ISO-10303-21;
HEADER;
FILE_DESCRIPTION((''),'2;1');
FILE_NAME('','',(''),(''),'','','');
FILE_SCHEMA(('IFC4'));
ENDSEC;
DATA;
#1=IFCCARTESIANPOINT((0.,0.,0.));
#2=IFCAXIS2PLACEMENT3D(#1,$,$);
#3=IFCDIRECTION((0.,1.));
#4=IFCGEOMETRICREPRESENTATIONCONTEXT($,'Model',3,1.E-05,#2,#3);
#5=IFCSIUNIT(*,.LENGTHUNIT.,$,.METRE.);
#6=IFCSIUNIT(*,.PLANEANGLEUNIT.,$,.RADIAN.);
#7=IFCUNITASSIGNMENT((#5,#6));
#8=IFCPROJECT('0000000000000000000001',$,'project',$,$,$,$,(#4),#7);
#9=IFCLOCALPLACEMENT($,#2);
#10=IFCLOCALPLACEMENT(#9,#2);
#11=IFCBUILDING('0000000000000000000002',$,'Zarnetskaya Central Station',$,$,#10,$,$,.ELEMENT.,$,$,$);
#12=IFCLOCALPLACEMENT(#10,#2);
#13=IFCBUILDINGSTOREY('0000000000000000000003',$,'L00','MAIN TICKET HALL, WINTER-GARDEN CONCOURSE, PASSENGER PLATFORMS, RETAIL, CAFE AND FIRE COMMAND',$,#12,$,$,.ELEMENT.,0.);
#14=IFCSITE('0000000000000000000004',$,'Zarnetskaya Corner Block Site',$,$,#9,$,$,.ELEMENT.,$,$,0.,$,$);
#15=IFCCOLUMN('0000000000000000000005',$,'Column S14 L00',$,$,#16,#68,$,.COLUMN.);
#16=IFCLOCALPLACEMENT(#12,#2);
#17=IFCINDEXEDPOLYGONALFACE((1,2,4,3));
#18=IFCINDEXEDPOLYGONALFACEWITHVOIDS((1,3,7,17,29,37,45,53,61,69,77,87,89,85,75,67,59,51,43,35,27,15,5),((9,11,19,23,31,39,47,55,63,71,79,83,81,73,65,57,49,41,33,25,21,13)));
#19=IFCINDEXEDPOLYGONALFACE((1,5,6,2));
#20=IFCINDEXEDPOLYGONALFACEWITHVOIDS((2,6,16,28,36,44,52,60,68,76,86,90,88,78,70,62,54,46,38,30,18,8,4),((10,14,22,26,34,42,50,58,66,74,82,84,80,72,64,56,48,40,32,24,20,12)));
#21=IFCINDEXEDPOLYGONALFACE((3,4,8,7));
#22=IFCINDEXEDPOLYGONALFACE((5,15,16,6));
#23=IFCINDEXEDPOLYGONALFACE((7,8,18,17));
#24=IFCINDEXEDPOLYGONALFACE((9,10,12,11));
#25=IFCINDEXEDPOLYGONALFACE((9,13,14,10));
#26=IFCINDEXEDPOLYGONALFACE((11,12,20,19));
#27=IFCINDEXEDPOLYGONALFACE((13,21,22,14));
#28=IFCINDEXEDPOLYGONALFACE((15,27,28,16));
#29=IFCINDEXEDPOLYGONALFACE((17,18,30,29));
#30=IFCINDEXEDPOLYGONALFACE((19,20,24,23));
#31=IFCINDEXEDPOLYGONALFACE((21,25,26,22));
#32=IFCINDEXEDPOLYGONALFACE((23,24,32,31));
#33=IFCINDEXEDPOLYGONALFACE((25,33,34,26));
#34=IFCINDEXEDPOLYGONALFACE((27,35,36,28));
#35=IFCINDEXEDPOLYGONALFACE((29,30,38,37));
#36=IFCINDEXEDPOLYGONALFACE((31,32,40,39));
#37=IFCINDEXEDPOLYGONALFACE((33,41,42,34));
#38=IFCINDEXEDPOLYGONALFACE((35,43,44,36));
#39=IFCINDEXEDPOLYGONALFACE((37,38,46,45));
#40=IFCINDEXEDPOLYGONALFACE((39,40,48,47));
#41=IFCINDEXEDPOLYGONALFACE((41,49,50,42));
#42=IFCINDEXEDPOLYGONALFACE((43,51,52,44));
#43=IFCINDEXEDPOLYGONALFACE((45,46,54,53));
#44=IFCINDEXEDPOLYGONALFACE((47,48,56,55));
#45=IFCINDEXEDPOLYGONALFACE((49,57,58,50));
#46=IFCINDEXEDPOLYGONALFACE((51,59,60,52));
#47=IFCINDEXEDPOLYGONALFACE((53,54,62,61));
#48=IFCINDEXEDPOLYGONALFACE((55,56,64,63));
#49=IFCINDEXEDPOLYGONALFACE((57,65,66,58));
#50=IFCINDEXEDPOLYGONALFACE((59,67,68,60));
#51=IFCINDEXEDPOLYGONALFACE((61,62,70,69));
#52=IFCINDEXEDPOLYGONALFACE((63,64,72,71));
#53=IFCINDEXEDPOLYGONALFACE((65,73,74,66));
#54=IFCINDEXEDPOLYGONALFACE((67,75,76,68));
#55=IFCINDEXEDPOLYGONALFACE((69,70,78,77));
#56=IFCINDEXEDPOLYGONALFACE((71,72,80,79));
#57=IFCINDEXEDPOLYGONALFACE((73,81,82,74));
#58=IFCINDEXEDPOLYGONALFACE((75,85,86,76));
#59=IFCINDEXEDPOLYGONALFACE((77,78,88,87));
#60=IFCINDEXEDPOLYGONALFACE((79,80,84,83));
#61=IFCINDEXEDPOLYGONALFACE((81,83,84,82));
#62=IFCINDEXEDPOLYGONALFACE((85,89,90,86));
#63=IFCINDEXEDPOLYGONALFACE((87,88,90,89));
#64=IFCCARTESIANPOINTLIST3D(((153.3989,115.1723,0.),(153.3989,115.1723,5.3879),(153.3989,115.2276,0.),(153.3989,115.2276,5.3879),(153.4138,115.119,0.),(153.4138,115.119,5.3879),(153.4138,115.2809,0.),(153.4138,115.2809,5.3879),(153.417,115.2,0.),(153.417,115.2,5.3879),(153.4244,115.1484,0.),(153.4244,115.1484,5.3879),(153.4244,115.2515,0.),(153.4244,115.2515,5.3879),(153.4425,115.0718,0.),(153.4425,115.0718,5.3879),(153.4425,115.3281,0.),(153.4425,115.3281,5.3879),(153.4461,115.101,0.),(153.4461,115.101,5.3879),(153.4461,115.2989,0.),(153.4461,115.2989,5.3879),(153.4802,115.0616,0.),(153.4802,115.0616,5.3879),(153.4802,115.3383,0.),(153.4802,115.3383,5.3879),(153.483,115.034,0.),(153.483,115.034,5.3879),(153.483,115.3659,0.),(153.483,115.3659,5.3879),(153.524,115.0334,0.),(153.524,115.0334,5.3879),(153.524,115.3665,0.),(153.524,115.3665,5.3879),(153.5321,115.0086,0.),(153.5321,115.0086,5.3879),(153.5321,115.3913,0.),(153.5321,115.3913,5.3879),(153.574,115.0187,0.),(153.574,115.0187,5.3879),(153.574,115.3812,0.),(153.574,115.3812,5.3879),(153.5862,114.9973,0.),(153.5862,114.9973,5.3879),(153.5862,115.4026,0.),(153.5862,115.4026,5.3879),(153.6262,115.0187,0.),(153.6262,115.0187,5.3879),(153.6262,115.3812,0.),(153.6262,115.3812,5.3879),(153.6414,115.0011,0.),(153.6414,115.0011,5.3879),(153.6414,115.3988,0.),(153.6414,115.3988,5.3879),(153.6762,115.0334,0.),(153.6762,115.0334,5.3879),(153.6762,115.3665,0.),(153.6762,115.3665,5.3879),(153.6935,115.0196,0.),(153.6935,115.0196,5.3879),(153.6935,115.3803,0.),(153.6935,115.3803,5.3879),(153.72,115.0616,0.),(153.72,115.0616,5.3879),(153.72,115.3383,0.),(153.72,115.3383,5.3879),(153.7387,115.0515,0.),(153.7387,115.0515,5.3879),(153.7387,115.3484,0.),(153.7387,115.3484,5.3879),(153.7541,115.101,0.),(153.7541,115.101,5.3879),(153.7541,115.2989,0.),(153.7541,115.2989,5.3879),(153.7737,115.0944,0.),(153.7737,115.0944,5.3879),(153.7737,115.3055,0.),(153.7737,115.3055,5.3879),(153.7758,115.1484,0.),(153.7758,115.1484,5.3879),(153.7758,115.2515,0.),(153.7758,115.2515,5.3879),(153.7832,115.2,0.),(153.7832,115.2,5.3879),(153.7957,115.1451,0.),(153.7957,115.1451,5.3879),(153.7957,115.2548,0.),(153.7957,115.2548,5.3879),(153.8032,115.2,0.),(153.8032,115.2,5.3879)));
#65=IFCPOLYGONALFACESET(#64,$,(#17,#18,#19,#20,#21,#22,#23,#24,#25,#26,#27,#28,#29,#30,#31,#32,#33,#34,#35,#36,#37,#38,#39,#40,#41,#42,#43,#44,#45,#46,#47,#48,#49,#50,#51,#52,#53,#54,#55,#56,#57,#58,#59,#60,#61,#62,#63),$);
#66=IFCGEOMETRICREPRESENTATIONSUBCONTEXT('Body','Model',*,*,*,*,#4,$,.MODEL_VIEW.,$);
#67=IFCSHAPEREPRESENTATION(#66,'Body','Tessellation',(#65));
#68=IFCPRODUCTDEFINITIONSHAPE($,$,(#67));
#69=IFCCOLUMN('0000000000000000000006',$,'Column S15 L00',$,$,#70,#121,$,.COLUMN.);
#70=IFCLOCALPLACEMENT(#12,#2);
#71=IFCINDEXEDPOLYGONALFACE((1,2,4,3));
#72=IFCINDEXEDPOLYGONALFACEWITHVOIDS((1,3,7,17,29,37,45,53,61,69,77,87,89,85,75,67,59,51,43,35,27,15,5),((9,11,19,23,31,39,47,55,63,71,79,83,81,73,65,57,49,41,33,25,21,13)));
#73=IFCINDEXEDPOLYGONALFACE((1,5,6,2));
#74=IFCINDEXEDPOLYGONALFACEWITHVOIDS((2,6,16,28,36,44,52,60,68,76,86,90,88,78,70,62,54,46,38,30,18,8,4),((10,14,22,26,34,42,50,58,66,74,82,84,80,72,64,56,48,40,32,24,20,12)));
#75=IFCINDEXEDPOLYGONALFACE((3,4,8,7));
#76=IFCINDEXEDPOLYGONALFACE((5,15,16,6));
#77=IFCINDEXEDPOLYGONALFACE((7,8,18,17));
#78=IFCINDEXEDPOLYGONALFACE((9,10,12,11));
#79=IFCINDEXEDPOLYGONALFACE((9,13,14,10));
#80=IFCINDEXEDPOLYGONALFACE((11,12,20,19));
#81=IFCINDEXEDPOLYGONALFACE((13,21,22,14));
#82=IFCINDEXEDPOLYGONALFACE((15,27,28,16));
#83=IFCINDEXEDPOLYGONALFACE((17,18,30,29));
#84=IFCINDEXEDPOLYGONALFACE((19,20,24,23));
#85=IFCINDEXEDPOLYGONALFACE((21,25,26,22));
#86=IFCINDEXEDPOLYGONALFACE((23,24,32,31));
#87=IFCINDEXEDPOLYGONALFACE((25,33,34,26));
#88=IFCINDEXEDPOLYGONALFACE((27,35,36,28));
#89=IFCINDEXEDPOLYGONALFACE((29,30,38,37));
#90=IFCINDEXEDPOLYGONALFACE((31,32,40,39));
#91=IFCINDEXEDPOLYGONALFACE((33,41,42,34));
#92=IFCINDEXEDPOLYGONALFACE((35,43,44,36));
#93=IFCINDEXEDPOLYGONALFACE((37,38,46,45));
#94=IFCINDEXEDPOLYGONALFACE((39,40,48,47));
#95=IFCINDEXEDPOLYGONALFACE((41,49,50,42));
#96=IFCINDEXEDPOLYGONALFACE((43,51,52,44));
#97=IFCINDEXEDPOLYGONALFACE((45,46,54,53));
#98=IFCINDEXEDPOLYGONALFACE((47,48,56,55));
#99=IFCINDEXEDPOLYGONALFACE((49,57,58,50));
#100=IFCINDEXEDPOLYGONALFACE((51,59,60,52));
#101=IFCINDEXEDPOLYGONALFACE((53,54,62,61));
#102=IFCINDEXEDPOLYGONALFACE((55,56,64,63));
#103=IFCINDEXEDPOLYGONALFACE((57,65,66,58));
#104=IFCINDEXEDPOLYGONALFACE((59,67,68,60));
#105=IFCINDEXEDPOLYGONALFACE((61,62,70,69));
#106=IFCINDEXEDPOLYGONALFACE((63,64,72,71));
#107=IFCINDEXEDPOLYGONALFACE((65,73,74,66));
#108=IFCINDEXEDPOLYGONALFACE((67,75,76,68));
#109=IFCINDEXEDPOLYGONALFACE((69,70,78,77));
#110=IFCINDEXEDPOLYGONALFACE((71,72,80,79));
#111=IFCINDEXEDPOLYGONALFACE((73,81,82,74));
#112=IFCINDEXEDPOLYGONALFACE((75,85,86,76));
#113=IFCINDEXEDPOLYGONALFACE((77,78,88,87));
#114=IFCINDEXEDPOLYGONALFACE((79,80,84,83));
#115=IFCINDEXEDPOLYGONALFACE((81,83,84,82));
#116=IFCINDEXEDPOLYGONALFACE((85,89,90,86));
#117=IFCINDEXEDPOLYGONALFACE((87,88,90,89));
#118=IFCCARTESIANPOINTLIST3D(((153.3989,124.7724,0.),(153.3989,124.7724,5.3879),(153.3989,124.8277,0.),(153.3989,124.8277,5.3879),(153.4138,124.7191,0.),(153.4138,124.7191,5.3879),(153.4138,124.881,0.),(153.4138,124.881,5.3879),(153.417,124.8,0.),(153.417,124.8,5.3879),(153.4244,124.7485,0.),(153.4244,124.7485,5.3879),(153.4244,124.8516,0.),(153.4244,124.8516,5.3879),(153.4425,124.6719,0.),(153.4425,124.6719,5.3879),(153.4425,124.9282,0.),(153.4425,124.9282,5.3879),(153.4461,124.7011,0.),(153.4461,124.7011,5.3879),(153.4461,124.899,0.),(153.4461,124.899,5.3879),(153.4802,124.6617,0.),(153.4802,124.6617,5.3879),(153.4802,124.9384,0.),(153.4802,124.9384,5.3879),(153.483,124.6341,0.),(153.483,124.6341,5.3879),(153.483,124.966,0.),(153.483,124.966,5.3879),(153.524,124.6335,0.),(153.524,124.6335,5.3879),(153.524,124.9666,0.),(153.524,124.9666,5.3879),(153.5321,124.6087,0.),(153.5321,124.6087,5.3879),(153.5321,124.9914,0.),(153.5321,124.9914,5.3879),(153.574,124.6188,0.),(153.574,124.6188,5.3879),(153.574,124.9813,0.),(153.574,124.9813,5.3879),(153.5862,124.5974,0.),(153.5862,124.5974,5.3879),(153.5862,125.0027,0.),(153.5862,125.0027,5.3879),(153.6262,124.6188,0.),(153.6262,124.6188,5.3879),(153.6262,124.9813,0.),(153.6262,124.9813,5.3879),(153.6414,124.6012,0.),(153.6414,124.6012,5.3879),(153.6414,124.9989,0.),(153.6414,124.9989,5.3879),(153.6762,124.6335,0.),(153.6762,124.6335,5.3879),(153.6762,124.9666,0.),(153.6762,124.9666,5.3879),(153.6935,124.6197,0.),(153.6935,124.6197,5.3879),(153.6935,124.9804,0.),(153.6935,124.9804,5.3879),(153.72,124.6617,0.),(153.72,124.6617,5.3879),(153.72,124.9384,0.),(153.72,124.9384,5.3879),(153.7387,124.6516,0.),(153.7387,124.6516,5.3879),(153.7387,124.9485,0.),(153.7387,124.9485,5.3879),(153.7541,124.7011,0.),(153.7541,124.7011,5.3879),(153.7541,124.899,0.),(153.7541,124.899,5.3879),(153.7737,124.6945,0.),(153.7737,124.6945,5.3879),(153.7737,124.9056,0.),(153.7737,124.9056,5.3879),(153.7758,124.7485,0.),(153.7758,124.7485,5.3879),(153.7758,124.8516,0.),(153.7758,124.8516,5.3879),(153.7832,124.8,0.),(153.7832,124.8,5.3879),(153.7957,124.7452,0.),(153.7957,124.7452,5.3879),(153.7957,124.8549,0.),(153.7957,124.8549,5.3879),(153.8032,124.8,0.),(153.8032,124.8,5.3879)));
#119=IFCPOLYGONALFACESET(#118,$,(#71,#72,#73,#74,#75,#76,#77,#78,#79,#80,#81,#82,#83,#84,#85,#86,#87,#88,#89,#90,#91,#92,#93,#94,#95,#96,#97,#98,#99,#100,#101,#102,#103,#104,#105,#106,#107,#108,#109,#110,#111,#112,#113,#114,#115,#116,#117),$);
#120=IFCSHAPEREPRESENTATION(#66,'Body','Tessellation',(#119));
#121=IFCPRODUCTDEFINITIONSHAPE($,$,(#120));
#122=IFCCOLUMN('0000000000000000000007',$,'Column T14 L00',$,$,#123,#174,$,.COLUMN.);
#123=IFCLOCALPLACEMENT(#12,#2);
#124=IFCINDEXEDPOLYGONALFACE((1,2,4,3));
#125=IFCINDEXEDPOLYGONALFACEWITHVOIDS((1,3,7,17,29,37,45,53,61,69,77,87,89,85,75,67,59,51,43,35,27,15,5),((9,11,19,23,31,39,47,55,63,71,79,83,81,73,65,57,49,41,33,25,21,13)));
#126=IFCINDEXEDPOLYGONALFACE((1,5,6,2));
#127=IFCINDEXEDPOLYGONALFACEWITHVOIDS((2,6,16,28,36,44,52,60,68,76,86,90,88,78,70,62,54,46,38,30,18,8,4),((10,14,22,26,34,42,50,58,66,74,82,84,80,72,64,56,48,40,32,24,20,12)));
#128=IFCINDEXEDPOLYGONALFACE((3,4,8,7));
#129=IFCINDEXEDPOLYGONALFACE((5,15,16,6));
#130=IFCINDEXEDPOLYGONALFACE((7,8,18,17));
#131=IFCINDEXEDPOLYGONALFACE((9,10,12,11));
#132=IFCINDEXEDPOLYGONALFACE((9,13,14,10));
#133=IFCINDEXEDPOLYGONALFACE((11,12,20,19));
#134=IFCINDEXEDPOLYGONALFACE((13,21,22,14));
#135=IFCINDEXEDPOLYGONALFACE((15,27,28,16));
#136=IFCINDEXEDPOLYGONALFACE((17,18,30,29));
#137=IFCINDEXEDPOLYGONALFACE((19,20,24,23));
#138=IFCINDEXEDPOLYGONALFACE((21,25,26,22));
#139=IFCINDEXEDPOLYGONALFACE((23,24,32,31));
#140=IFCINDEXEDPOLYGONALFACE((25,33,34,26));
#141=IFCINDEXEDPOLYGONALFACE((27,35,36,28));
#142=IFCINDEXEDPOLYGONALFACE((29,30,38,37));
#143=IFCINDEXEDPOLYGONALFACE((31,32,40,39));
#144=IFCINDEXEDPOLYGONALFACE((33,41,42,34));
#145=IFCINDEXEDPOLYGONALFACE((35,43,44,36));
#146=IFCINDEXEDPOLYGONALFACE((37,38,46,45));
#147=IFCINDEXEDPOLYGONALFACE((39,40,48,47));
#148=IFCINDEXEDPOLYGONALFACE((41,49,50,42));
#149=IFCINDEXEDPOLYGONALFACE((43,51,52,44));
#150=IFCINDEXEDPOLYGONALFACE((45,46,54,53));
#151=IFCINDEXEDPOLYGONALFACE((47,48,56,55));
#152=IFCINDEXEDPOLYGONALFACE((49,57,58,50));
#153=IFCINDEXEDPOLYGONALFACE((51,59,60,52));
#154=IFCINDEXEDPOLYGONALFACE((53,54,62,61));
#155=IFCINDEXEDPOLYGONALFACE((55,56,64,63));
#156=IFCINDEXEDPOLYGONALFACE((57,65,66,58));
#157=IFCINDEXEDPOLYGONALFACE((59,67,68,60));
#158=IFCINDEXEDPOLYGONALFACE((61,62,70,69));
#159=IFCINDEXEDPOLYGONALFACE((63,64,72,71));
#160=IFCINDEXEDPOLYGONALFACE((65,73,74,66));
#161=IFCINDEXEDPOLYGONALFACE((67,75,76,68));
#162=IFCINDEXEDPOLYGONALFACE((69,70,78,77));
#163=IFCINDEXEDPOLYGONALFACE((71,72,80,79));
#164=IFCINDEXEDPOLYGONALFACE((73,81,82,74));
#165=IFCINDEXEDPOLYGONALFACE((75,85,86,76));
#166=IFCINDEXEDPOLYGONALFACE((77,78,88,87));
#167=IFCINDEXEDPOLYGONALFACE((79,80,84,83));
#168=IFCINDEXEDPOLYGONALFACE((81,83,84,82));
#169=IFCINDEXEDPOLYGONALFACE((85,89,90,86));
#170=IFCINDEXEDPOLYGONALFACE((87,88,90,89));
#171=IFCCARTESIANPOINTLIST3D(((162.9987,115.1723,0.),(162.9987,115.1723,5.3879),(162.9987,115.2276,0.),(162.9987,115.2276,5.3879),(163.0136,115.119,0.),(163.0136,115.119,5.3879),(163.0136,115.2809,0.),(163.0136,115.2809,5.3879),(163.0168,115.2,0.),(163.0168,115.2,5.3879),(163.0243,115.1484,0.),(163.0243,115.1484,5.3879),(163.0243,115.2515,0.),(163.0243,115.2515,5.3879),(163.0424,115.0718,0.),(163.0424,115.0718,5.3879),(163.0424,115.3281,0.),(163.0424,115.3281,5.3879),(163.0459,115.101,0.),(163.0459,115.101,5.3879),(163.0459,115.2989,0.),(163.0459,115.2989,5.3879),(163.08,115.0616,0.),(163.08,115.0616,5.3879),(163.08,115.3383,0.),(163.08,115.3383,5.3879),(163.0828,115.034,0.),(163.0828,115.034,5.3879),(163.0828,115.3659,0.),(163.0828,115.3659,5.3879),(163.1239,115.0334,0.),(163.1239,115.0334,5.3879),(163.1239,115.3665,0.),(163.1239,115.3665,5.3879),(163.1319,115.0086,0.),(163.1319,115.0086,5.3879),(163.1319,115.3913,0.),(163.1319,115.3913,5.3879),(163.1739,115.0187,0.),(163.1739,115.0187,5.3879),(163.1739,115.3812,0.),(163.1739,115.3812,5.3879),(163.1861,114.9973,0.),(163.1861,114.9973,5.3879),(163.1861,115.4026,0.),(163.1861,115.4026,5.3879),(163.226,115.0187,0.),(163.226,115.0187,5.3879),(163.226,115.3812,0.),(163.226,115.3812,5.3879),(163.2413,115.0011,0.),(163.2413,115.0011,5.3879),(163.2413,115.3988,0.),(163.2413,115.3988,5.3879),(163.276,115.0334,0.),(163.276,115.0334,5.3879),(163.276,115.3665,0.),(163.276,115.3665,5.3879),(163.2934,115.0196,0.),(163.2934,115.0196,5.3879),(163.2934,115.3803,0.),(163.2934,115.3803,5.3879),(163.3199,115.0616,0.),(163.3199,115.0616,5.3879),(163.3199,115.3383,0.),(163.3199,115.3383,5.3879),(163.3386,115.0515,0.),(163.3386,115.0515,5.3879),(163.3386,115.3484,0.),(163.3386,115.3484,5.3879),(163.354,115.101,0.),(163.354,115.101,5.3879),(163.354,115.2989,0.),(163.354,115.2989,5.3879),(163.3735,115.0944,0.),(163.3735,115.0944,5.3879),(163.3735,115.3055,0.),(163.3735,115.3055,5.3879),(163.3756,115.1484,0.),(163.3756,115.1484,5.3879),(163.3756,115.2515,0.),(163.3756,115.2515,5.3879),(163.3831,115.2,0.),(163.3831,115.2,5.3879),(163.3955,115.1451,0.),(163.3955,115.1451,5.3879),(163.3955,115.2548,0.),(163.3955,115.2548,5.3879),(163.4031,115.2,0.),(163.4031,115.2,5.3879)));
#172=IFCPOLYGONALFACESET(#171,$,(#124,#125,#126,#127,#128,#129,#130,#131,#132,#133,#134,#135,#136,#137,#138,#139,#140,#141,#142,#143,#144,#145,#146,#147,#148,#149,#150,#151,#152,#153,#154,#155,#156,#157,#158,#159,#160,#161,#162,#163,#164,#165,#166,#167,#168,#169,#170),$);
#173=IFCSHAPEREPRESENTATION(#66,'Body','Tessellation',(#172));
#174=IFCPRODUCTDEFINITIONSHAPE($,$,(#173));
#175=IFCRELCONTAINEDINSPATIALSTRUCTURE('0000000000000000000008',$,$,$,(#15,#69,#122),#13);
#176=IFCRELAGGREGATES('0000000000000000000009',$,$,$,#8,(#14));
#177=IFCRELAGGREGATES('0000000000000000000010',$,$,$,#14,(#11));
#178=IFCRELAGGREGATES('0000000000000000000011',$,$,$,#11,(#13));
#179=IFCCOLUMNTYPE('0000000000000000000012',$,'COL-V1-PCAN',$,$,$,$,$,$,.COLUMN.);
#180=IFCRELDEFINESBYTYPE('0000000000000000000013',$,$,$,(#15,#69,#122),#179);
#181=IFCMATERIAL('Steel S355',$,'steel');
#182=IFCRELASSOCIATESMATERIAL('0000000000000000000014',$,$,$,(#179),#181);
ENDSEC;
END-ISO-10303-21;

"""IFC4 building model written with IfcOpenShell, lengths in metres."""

from ifc_helpers import new_model, si_unit, direction, frame, origin, origin_2d, place, context, subcontext, project, spatial, hollow_circle, extrude, material, material_profile, profile_set, type_object, element, save


model = new_model("IFC4")

# Units and contexts
model_context = context("Model", 3, precision=1e-05, world=origin(), true_north=direction((0.0, 1.0)))
body_context = subcontext(model_context, "Body", "Model", "MODEL_VIEW")
ifc_project = project(units=[si_unit("LENGTHUNIT", "METRE"), si_unit("PLANEANGLEUNIT", "RADIAN")], contexts=[model_context])

# Site, building, storey
site_placement = place(None, origin())
site = spatial("IfcSite", under=ifc_project, at=site_placement, Name="Zarnetskaya Corner Block Site", CompositionType="ELEMENT", RefElevation=0.0)
building_placement = place(site_placement, origin())
building = spatial("IfcBuilding", under=site, at=building_placement, Name="Zarnetskaya Central Station", CompositionType="ELEMENT")
storey_placement = place(building_placement, origin())
storey = spatial("IfcBuildingStorey", under=building, at=storey_placement, Name="L00", Description="MAIN TICKET HALL, WINTER-GARDEN CONCOURSE, PASSENGER PLATFORMS, RETAIL, CAFE AND FIRE COMMAND", CompositionType="ELEMENT", Elevation=0.0)

# Columns
ifc_material = material(Name="Steel S355", Category="steel")
ifc_material_profile_1 = material_profile(ifc_material, hollow_circle(Radius=0.2031, WallThickness=0.02, at=origin_2d()), Name="CHS 406.4x20")
ifc_profile_set_1 = profile_set([ifc_material_profile_1], Name="Steel S355")
column_type = type_object("IfcColumnType", Name="COL-V1-PCAN", PredefinedType="COLUMN", material=ifc_profile_set_1)
for number, where, z_axis, x_axis, name in (
    (1, (153.6001, 115.2, 0.0), (0.0, 0.0, 1.0), (1.0, 0.0, 0.0), "Column S14 L00"),
    (2, (153.6001, 124.8, 0.0), (0.0, 0.0, 1.0), (1.0, 0.0, 0.0), "Column S15 L00"),
    (3, (163.2, 115.2, 0.0), (0.0, 0.0, 1.0), (1.0, 0.0, 0.0), "Column T14 L00"),
):
    element("IfcColumn", number, at=place(storey_placement, frame(where, z_axis=z_axis, x_axis=x_axis)), inside=storey, type_object=column_type, Name=name, PredefinedType="COLUMN", context=body_context, shape_type="SweptSolid", body=[
        extrude(hollow_circle(Radius=0.2031, WallThickness=0.02, at=origin_2d()), origin(), (0.0, 0.0, 1.0), 5.3879),
    ])

save(model, "model.ifc")
